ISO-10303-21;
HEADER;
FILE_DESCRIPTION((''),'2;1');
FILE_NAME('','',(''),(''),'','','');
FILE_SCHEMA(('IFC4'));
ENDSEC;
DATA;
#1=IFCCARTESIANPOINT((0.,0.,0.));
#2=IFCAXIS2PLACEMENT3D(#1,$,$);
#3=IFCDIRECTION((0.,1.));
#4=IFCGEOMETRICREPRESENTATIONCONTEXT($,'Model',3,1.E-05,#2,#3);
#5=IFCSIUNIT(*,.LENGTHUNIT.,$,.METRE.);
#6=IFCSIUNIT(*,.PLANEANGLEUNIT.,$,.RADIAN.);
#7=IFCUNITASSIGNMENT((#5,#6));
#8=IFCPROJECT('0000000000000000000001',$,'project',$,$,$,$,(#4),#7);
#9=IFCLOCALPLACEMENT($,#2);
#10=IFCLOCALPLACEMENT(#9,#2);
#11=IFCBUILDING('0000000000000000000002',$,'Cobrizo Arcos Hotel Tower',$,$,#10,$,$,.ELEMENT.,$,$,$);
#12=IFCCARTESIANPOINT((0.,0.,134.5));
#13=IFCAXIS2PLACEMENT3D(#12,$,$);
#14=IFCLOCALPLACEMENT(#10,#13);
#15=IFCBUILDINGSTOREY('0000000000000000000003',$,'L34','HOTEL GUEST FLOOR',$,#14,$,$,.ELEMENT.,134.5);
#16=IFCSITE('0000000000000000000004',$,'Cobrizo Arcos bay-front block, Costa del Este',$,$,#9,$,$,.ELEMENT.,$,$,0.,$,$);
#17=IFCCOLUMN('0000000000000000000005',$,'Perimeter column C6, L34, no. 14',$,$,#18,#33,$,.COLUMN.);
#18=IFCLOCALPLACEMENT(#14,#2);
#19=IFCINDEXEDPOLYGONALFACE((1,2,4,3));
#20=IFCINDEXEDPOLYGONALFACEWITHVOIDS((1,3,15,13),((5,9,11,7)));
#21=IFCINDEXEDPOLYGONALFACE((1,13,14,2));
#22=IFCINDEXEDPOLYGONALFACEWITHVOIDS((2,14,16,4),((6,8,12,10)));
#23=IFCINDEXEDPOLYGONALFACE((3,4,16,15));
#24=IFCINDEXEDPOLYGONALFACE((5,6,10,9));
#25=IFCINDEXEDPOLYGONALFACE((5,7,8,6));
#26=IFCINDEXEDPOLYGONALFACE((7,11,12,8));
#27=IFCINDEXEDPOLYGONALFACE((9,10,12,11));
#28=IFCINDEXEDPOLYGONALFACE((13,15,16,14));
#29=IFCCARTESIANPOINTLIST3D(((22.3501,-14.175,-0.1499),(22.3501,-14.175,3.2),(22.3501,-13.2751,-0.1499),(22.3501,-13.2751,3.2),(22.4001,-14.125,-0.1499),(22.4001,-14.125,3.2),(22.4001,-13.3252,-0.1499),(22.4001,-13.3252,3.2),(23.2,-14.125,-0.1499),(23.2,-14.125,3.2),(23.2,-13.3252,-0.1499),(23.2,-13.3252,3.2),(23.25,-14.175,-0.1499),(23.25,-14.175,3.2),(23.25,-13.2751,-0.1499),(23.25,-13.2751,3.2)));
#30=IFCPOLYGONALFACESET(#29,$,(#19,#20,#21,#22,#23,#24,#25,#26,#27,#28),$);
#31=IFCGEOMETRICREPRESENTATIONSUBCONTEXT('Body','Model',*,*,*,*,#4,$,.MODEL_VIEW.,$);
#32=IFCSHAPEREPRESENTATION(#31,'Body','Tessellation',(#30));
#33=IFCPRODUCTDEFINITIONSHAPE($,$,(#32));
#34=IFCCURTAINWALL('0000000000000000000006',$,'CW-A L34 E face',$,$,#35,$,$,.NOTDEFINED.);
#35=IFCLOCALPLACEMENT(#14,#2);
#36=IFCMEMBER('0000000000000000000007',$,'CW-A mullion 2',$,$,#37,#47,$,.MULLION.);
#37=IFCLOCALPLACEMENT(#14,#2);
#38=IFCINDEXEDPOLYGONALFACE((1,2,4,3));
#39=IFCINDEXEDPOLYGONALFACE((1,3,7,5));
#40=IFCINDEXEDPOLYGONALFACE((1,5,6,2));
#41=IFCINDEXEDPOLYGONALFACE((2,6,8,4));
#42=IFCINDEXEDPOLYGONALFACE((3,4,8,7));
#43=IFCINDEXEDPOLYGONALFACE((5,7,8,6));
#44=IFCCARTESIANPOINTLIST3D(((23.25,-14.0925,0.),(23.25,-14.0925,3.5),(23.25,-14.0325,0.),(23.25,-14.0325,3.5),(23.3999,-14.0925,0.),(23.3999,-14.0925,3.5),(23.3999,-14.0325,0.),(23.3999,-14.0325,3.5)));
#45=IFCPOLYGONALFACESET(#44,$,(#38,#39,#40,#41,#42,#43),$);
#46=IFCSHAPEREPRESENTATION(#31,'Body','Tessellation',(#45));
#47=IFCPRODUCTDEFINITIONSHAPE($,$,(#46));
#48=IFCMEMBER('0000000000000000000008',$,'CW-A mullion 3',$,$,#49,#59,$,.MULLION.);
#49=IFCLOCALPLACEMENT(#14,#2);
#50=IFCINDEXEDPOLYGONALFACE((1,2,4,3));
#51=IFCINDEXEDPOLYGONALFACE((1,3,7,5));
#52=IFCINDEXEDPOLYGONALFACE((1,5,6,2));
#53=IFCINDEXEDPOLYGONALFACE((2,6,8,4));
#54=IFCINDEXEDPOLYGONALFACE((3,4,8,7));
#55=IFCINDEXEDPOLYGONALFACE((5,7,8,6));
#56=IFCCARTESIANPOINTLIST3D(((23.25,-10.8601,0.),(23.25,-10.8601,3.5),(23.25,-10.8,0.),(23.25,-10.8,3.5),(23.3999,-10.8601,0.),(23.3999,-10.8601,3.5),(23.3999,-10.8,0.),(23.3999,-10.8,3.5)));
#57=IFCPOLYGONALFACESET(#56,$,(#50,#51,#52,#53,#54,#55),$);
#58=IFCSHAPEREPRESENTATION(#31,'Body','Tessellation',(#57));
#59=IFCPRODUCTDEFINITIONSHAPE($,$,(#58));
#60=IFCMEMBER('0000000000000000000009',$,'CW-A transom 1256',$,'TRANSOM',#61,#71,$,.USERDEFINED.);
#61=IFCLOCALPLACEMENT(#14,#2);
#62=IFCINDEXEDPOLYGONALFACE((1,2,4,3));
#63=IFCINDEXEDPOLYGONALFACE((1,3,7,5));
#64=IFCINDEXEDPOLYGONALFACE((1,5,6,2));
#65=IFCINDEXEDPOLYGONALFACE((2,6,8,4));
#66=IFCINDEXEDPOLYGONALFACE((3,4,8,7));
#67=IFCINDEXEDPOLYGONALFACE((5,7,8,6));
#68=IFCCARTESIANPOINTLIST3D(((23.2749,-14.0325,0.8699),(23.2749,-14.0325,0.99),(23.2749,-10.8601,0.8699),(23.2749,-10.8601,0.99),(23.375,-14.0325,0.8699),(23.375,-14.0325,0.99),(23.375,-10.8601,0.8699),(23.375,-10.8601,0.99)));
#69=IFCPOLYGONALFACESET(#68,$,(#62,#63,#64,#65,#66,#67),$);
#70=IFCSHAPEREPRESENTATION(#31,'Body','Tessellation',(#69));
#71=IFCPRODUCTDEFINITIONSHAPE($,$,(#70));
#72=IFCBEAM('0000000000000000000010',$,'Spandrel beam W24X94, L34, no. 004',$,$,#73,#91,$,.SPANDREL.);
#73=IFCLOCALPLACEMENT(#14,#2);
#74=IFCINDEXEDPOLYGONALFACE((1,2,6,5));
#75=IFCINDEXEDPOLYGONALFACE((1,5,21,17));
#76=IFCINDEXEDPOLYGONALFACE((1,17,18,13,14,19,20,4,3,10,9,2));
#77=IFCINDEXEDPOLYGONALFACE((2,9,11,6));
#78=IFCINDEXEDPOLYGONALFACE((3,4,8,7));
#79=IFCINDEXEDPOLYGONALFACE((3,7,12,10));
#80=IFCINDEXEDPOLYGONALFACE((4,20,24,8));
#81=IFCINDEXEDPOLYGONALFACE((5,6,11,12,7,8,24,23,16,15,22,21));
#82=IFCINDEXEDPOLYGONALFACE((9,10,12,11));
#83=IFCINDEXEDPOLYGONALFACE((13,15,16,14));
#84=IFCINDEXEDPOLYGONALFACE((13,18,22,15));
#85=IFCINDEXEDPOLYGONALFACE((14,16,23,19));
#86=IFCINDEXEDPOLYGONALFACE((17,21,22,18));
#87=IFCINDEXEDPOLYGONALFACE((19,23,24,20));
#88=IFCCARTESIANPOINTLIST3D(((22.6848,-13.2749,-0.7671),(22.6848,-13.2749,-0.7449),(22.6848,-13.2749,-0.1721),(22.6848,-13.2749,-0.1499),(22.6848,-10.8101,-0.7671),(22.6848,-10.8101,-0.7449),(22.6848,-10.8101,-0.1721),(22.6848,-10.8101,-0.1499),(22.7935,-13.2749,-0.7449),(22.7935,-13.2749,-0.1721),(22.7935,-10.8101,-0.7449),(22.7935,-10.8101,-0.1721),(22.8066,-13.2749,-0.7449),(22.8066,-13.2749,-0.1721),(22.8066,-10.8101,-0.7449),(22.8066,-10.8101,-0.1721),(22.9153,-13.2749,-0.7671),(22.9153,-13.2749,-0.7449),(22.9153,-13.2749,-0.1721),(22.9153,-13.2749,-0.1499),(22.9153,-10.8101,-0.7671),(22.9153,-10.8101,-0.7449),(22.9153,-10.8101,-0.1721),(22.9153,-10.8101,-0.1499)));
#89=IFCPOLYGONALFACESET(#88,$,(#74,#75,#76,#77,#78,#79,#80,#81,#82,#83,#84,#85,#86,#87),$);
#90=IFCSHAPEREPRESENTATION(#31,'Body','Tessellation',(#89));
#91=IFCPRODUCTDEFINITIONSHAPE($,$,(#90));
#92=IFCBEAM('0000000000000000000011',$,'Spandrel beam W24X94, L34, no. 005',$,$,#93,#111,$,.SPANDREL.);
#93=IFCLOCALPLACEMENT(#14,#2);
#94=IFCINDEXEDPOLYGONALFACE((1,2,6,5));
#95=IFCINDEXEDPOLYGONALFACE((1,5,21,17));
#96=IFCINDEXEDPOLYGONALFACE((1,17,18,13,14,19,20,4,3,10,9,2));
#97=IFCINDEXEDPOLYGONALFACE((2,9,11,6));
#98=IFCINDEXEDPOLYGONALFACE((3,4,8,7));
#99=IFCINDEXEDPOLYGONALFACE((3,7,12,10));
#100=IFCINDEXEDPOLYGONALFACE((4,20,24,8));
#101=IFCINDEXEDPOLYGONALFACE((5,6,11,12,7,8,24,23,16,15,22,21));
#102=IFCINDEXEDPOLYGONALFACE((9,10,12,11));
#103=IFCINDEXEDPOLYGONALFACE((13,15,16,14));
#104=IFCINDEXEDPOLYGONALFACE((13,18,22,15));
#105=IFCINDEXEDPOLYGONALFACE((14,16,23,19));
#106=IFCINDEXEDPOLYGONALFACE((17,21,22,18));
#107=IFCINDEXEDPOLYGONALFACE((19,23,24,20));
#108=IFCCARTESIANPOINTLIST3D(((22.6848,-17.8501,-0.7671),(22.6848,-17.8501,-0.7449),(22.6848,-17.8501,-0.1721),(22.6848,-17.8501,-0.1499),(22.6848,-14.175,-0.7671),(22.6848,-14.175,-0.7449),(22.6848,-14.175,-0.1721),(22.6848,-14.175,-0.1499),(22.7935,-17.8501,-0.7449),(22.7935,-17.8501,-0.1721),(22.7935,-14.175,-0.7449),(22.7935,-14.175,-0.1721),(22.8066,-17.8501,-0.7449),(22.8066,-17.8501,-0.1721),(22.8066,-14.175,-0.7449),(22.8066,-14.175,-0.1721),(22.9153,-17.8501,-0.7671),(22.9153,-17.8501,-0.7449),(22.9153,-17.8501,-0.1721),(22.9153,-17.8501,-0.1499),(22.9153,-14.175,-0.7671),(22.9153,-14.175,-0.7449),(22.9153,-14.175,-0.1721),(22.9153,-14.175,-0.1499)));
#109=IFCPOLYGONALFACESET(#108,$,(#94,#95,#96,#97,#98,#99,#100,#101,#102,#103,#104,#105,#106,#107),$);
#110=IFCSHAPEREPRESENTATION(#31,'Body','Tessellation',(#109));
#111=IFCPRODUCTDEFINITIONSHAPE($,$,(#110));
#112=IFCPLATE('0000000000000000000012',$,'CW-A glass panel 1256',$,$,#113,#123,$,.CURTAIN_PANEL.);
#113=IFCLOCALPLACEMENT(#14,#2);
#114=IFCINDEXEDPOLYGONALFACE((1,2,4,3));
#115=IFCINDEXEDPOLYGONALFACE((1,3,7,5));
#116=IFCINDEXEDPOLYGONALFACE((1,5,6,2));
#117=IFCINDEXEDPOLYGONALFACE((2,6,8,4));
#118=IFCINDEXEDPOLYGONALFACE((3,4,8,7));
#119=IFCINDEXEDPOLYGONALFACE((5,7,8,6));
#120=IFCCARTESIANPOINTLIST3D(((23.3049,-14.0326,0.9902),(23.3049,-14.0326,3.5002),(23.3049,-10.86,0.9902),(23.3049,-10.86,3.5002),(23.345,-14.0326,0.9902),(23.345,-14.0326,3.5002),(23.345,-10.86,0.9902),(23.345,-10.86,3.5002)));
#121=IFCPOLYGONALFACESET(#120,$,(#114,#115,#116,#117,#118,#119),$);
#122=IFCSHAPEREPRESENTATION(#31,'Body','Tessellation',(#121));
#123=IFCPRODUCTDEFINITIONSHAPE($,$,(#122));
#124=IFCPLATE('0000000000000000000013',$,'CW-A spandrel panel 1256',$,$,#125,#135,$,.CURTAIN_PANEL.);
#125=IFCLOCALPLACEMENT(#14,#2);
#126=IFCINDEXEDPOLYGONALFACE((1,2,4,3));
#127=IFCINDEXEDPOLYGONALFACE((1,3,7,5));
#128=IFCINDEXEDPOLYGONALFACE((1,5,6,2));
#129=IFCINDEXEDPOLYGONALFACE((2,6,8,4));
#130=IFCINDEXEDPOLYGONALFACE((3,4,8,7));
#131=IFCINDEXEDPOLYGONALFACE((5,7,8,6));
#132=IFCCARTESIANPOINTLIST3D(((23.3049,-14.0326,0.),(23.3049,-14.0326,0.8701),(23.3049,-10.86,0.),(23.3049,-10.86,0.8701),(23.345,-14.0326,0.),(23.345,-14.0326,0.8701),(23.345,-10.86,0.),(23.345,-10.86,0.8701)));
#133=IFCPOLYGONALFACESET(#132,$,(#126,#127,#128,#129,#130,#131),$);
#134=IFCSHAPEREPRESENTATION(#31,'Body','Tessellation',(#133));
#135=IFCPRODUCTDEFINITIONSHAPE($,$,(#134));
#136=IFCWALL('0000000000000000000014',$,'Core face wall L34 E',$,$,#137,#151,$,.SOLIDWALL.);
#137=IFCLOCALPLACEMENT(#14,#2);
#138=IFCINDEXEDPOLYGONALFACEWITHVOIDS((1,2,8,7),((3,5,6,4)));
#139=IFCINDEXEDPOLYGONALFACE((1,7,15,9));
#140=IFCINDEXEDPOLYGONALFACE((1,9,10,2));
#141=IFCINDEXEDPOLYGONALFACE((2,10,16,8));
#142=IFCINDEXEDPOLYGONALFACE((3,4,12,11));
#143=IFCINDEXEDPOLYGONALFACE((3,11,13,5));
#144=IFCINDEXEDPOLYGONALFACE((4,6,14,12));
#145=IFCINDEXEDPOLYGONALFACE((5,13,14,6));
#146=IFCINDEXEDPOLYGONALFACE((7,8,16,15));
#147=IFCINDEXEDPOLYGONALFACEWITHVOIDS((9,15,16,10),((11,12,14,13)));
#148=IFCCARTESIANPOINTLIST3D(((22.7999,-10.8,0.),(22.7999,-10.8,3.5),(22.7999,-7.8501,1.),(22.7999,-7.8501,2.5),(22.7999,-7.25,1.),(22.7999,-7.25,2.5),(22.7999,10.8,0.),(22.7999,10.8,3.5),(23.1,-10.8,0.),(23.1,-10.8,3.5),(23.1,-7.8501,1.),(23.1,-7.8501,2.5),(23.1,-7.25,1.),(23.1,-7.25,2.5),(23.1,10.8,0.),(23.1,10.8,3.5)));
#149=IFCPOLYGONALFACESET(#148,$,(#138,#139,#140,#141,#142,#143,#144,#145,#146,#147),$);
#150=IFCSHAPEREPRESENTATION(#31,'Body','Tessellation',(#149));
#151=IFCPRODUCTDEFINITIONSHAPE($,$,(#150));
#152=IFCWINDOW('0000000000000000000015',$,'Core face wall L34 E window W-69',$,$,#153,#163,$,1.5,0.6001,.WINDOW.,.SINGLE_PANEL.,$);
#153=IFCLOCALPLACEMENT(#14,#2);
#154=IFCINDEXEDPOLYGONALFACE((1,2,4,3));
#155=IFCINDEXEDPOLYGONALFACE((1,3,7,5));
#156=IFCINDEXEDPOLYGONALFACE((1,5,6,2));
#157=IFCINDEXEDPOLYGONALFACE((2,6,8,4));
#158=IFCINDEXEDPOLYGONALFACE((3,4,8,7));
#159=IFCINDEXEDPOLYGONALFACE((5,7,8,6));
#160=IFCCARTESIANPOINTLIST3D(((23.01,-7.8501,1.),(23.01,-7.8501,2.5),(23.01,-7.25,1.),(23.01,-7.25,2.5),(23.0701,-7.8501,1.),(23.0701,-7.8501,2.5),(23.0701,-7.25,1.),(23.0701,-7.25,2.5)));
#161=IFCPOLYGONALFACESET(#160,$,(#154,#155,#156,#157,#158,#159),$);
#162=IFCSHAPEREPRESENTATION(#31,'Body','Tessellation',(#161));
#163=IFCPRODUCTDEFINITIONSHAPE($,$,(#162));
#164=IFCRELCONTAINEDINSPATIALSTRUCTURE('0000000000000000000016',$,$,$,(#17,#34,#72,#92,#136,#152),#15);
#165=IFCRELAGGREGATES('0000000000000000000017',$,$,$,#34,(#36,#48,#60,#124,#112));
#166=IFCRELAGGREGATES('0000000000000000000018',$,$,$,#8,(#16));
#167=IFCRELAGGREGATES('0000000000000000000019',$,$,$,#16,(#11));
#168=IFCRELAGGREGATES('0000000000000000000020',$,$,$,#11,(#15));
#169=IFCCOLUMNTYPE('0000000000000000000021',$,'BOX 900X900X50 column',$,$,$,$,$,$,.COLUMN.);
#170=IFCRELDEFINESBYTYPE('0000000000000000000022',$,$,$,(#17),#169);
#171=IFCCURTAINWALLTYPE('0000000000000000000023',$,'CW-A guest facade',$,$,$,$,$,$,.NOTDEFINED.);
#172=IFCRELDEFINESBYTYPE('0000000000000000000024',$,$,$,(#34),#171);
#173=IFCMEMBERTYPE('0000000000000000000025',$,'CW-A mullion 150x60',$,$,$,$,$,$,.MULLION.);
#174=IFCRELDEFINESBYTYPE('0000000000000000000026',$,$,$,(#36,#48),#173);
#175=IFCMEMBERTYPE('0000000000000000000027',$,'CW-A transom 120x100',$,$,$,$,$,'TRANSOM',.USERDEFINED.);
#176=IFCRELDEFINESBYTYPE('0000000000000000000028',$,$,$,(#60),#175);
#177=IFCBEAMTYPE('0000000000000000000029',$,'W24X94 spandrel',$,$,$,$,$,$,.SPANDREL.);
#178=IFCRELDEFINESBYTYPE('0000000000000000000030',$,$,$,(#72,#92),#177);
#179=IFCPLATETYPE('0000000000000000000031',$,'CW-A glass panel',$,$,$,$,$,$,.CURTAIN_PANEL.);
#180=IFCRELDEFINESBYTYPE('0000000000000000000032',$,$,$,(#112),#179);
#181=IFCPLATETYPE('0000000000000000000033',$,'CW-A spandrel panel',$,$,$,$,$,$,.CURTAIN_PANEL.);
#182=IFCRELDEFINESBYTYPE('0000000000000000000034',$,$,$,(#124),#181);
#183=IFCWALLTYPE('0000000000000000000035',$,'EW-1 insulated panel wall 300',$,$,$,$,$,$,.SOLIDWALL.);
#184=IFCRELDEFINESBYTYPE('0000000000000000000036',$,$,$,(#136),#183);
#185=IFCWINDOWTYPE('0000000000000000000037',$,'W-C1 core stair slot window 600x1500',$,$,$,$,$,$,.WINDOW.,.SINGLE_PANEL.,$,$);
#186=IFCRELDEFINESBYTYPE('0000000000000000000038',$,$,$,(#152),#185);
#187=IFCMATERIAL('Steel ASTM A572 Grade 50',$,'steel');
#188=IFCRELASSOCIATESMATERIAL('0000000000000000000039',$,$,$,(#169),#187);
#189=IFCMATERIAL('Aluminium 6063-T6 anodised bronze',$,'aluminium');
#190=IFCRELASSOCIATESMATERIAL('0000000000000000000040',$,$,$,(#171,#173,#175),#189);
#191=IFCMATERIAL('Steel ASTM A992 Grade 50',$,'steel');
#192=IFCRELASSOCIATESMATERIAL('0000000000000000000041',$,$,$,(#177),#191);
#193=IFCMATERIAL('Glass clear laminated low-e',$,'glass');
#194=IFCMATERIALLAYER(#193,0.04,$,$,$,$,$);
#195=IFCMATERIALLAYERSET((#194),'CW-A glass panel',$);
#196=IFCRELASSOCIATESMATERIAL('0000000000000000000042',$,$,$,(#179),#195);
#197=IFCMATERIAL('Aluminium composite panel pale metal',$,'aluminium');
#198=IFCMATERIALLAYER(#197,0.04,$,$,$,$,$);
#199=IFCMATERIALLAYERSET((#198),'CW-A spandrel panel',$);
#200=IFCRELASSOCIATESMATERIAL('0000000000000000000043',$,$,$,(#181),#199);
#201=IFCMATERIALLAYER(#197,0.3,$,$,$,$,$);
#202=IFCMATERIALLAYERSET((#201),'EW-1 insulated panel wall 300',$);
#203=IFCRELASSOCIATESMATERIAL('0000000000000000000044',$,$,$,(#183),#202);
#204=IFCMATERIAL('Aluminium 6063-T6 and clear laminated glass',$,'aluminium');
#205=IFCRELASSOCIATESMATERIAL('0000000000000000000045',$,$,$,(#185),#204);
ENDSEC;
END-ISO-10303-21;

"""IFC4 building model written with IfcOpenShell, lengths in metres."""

from ifc_helpers import new_model, si_unit, direction, frame, frame_2d, origin, origin_2d, place, context, subcontext, project, spatial, rectangle, hollow_rectangle, i_section, extrude, material, layer, layer_set, material_profile, profile_set, type_object, element, fill, aggregate, save


model = new_model("IFC4")

# Units and contexts
model_context = context("Model", 3, precision=1e-05, world=origin(), true_north=direction((0.0, 1.0)))
body_context = subcontext(model_context, "Body", "Model", "MODEL_VIEW")
ifc_project = project(units=[si_unit("LENGTHUNIT", "METRE"), si_unit("PLANEANGLEUNIT", "RADIAN")], contexts=[model_context])

# Site, building, storey
site_placement = place(None, origin())
site = spatial("IfcSite", under=ifc_project, at=site_placement, Name="Cobrizo Arcos bay-front block, Costa del Este", CompositionType="ELEMENT", RefElevation=0.0)
building_placement = place(site_placement, origin())
building = spatial("IfcBuilding", under=site, at=building_placement, Name="Cobrizo Arcos Hotel Tower", CompositionType="ELEMENT")
storey_placement = place(building_placement, frame((0.0, 0.0, 134.5)))
storey = spatial("IfcBuildingStorey", under=building, at=storey_placement, Name="L34", Description="HOTEL GUEST FLOOR", CompositionType="ELEMENT", Elevation=134.5)

# Column
ifc_material_1 = material(Name="Steel ASTM A572 Grade 50", Category="steel")
ifc_material_profile_1 = material_profile(ifc_material_1, hollow_rectangle(XDim=0.8999, YDim=0.8999, WallThickness=0.05, at=origin_2d()), Name="BOX 900X900X50")
ifc_profile_set_1 = profile_set([ifc_material_profile_1], Name="Steel ASTM A572 Grade 50")
column_type = type_object("IfcColumnType", Name="BOX 900X900X50 column", PredefinedType="COLUMN", material=ifc_profile_set_1)
column_placement = place(storey_placement, frame((22.8, -13.7251, -0.1499), z_axis=(0.0, 0.0, 1.0), x_axis=(1.0, 0.0, 0.0)))
element("IfcColumn", 1, at=column_placement, inside=storey, type_object=column_type, Name="Perimeter column C6, L34, no. 14", PredefinedType="COLUMN", context=body_context, shape_type="SweptSolid", body=[
    extrude(hollow_rectangle(XDim=0.8999, YDim=0.8999, WallThickness=0.05, at=origin_2d()), origin(), (0.0, 0.0, 1.0), 3.3499),
])

# Curtain wall, members
ifc_material_2 = material(Name="Aluminium 6063-T6 anodised bronze", Category="aluminium")
curtain_wall_type = type_object("IfcCurtainWallType", Name="CW-A guest facade", PredefinedType="NOTDEFINED", material=ifc_material_2)
curtain_wall_placement = place(storey_placement, origin())
curtain_wall = element("IfcCurtainWall", 2, at=curtain_wall_placement, inside=storey, type_object=curtain_wall_type, Name="CW-A L34 E face", PredefinedType="NOTDEFINED")
ifc_material_profile_2 = material_profile(ifc_material_2, rectangle(XDim=0.1499, YDim=0.0601, at=origin_2d()), Name="CW-A mullion 150x60")
ifc_profile_set_2 = profile_set([ifc_material_profile_2], Name="Aluminium 6063-T6 anodised bronze")
member_type_1 = type_object("IfcMemberType", Name="CW-A mullion 150x60", PredefinedType="MULLION", material=ifc_profile_set_2)
member_1_placement = place(storey_placement, frame((23.325, -14.0625, 0.0), z_axis=(0.0, 0.0, 1.0), x_axis=(1.0, 0.0, 0.0)))
member_1 = element("IfcMember", 3, at=member_1_placement, type_object=member_type_1, Name="CW-A mullion 2", PredefinedType="MULLION", context=body_context, shape_type="SweptSolid", body=[
    extrude(rectangle(XDim=0.1499, YDim=0.0601, at=origin_2d()), origin(), (0.0, 0.0, 1.0), 3.5),
])
member_2_placement = place(storey_placement, frame((23.325, -10.8301, 0.0), z_axis=(0.0, 0.0, 1.0), x_axis=(1.0, 0.0, 0.0)))
member_2 = element("IfcMember", 4, at=member_2_placement, type_object=member_type_1, Name="CW-A mullion 3", PredefinedType="MULLION", context=body_context, shape_type="SweptSolid", body=[
    extrude(rectangle(XDim=0.1499, YDim=0.0601, at=origin_2d()), origin(), (0.0, 0.0, 1.0), 3.5),
])
ifc_material_profile_3 = material_profile(ifc_material_2, rectangle(XDim=0.1001, YDim=0.1201, at=origin_2d()), Name="CW-A transom 120x100")
ifc_profile_set_3 = profile_set([ifc_material_profile_3], Name="Aluminium 6063-T6 anodised bronze")
member_type_2 = type_object("IfcMemberType", Name="CW-A transom 120x100", ElementType="TRANSOM", PredefinedType="USERDEFINED", material=ifc_profile_set_3)
member_3_placement = place(storey_placement, frame((23.325, -14.0325, 0.9299), z_axis=(0.0, 1.0, 0.0), x_axis=(-1.0, 0.0, 0.0)))
member_3 = element("IfcMember", 5, at=member_3_placement, type_object=member_type_2, Name="CW-A transom 1256", ObjectType="TRANSOM", PredefinedType="USERDEFINED", context=body_context, shape_type="SweptSolid", body=[
    extrude(rectangle(XDim=0.1001, YDim=0.1201, at=origin_2d()), origin(), (0.0, 0.0, 1.0), 3.1724),
])

# Beams
ifc_material_3 = material(Name="Steel ASTM A992 Grade 50", Category="steel")
ifc_material_profile_4 = material_profile(ifc_material_3, i_section(OverallWidth=0.2305, OverallDepth=0.6172, WebThickness=0.0132, FlangeThickness=0.0222, at=origin_2d()), Name="W24X94")
ifc_profile_set_4 = profile_set([ifc_material_profile_4], Name="Steel ASTM A992 Grade 50")
beam_type = type_object("IfcBeamType", Name="W24X94 spandrel", PredefinedType="SPANDREL", material=ifc_profile_set_4)
beam_1_placement = place(storey_placement, frame((22.8, -10.8101, -0.4585), z_axis=(0.0, -1.0, 0.0), x_axis=(1.0, 0.0, 0.0)))
element("IfcBeam", 6, at=beam_1_placement, inside=storey, type_object=beam_type, Name="Spandrel beam W24X94, L34, no. 004", PredefinedType="SPANDREL", context=body_context, shape_type="SweptSolid", body=[
    extrude(i_section(OverallWidth=0.2305, OverallDepth=0.6172, WebThickness=0.0132, FlangeThickness=0.0222, at=origin_2d()), origin(), (0.0, 0.0, 1.0), 2.4648),
])
beam_2_placement = place(storey_placement, frame((22.8, -14.175, -0.4585), z_axis=(0.0, -1.0, 0.0), x_axis=(1.0, 0.0, 0.0)))
element("IfcBeam", 7, at=beam_2_placement, inside=storey, type_object=beam_type, Name="Spandrel beam W24X94, L34, no. 005", PredefinedType="SPANDREL", context=body_context, shape_type="SweptSolid", body=[
    extrude(i_section(OverallWidth=0.2305, OverallDepth=0.6172, WebThickness=0.0132, FlangeThickness=0.0222, at=origin_2d()), origin(), (0.0, 0.0, 1.0), 3.675),
])

# Plates
ifc_material_4 = material(Name="Glass clear laminated low-e", Category="glass")
ifc_layer_1 = layer(ifc_material_4, 0.04)
ifc_layer_set_1 = layer_set([ifc_layer_1], Name="CW-A glass panel")
plate_type_1 = type_object("IfcPlateType", Name="CW-A glass panel", PredefinedType="CURTAIN_PANEL", material=ifc_layer_set_1)
plate_1_placement = place(storey_placement, frame((23.325, -12.4463, 0.9902), z_axis=(0.0, 0.0, 1.0), x_axis=(0.0, 1.0, 0.0)))
plate_1 = element("IfcPlate", 8, at=plate_1_placement, type_object=plate_type_1, Name="CW-A glass panel 1256", PredefinedType="CURTAIN_PANEL", context=body_context, shape_type="SweptSolid", body=[
    extrude(rectangle(XDim=3.1726, YDim=0.04, at=origin_2d()), origin(), (0.0, 0.0, 1.0), 2.51),
])
ifc_material_5 = material(Name="Aluminium composite panel pale metal", Category="aluminium")
ifc_layer_2 = layer(ifc_material_5, 0.04)
ifc_layer_set_2 = layer_set([ifc_layer_2], Name="CW-A spandrel panel")
plate_type_2 = type_object("IfcPlateType", Name="CW-A spandrel panel", PredefinedType="CURTAIN_PANEL", material=ifc_layer_set_2)
plate_2_placement = place(storey_placement, frame((23.325, -12.4463, 0.0), z_axis=(0.0, 0.0, 1.0), x_axis=(0.0, 1.0, 0.0)))
plate_2 = element("IfcPlate", 9, at=plate_2_placement, type_object=plate_type_2, Name="CW-A spandrel panel 1256", PredefinedType="CURTAIN_PANEL", context=body_context, shape_type="SweptSolid", body=[
    extrude(rectangle(XDim=3.1726, YDim=0.04, at=origin_2d()), origin(), (0.0, 0.0, 1.0), 0.8701),
])
aggregate(curtain_wall, [member_1, member_2, member_3, plate_2, plate_1])

# Wall, opening, window
ifc_layer_3 = layer(ifc_material_5, 0.3)
ifc_layer_set_3 = layer_set([ifc_layer_3], Name="EW-1 insulated panel wall 300")
wall_type_1 = type_object("IfcWallType", Name="EW-1 insulated panel wall 300", PredefinedType="SOLIDWALL", material=ifc_layer_set_3)
wall_1_placement = place(storey_placement, frame((22.95, -10.8, 0.0), z_axis=(0.0, 0.0, 1.0), x_axis=(0.0, 1.0, 0.0)))
wall_1 = element("IfcWall", 10, at=wall_1_placement, inside=storey, type_object=wall_type_1, Name="Core face wall L34 E", PredefinedType="SOLIDWALL", context=body_context, shape_type="SweptSolid", body=[
    extrude(rectangle(XDim=21.6001, YDim=0.3, at=frame_2d((10.8, 0.0))), origin(), (0.0, 0.0, 1.0), 3.5),
])
opening_1_placement = place(wall_1_placement, frame((2.95, 0.0, 1.0)))
opening_1 = element("IfcOpeningElement", 11, at=opening_1_placement, cuts=wall_1, PredefinedType="OPENING", context=body_context, shape_type="SweptSolid", body=[
    extrude(rectangle(XDim=0.6001, YDim=1.5, at=frame_2d((0.3, 0.75))), frame((0.0, 0.1621, 0.0), z_axis=(0.0, -1.0, 0.0), x_axis=(1.0, 0.0, 0.0)), (0.0, 0.0, 1.0), 0.324),
])
ifc_material_6 = material(Name="Aluminium 6063-T6 and clear laminated glass", Category="aluminium")
window_type = type_object("IfcWindowType", Name="W-C1 core stair slot window 600x1500", PartitioningType="SINGLE_PANEL", PredefinedType="WINDOW", material=ifc_material_6)
window_placement = place(opening_1_placement, origin())
window = element("IfcWindow", 12, at=window_placement, inside=storey, type_object=window_type, Name="Core face wall L34 E window W-69", OverallHeight=1.5, OverallWidth=0.6001, PartitioningType="SINGLE_PANEL", PredefinedType="WINDOW", context=body_context, shape_type="SweptSolid", body=[
    extrude(rectangle(XDim=0.6001, YDim=1.5, at=frame_2d((0.3, 0.75))), frame((0.0, -0.0601, 0.0), z_axis=(0.0, -1.0, 0.0), x_axis=(1.0, 0.0, 0.0)), (0.0, 0.0, 1.0), 0.0601),
])
fill(opening_1, window)

save(model, "model.ifc")
